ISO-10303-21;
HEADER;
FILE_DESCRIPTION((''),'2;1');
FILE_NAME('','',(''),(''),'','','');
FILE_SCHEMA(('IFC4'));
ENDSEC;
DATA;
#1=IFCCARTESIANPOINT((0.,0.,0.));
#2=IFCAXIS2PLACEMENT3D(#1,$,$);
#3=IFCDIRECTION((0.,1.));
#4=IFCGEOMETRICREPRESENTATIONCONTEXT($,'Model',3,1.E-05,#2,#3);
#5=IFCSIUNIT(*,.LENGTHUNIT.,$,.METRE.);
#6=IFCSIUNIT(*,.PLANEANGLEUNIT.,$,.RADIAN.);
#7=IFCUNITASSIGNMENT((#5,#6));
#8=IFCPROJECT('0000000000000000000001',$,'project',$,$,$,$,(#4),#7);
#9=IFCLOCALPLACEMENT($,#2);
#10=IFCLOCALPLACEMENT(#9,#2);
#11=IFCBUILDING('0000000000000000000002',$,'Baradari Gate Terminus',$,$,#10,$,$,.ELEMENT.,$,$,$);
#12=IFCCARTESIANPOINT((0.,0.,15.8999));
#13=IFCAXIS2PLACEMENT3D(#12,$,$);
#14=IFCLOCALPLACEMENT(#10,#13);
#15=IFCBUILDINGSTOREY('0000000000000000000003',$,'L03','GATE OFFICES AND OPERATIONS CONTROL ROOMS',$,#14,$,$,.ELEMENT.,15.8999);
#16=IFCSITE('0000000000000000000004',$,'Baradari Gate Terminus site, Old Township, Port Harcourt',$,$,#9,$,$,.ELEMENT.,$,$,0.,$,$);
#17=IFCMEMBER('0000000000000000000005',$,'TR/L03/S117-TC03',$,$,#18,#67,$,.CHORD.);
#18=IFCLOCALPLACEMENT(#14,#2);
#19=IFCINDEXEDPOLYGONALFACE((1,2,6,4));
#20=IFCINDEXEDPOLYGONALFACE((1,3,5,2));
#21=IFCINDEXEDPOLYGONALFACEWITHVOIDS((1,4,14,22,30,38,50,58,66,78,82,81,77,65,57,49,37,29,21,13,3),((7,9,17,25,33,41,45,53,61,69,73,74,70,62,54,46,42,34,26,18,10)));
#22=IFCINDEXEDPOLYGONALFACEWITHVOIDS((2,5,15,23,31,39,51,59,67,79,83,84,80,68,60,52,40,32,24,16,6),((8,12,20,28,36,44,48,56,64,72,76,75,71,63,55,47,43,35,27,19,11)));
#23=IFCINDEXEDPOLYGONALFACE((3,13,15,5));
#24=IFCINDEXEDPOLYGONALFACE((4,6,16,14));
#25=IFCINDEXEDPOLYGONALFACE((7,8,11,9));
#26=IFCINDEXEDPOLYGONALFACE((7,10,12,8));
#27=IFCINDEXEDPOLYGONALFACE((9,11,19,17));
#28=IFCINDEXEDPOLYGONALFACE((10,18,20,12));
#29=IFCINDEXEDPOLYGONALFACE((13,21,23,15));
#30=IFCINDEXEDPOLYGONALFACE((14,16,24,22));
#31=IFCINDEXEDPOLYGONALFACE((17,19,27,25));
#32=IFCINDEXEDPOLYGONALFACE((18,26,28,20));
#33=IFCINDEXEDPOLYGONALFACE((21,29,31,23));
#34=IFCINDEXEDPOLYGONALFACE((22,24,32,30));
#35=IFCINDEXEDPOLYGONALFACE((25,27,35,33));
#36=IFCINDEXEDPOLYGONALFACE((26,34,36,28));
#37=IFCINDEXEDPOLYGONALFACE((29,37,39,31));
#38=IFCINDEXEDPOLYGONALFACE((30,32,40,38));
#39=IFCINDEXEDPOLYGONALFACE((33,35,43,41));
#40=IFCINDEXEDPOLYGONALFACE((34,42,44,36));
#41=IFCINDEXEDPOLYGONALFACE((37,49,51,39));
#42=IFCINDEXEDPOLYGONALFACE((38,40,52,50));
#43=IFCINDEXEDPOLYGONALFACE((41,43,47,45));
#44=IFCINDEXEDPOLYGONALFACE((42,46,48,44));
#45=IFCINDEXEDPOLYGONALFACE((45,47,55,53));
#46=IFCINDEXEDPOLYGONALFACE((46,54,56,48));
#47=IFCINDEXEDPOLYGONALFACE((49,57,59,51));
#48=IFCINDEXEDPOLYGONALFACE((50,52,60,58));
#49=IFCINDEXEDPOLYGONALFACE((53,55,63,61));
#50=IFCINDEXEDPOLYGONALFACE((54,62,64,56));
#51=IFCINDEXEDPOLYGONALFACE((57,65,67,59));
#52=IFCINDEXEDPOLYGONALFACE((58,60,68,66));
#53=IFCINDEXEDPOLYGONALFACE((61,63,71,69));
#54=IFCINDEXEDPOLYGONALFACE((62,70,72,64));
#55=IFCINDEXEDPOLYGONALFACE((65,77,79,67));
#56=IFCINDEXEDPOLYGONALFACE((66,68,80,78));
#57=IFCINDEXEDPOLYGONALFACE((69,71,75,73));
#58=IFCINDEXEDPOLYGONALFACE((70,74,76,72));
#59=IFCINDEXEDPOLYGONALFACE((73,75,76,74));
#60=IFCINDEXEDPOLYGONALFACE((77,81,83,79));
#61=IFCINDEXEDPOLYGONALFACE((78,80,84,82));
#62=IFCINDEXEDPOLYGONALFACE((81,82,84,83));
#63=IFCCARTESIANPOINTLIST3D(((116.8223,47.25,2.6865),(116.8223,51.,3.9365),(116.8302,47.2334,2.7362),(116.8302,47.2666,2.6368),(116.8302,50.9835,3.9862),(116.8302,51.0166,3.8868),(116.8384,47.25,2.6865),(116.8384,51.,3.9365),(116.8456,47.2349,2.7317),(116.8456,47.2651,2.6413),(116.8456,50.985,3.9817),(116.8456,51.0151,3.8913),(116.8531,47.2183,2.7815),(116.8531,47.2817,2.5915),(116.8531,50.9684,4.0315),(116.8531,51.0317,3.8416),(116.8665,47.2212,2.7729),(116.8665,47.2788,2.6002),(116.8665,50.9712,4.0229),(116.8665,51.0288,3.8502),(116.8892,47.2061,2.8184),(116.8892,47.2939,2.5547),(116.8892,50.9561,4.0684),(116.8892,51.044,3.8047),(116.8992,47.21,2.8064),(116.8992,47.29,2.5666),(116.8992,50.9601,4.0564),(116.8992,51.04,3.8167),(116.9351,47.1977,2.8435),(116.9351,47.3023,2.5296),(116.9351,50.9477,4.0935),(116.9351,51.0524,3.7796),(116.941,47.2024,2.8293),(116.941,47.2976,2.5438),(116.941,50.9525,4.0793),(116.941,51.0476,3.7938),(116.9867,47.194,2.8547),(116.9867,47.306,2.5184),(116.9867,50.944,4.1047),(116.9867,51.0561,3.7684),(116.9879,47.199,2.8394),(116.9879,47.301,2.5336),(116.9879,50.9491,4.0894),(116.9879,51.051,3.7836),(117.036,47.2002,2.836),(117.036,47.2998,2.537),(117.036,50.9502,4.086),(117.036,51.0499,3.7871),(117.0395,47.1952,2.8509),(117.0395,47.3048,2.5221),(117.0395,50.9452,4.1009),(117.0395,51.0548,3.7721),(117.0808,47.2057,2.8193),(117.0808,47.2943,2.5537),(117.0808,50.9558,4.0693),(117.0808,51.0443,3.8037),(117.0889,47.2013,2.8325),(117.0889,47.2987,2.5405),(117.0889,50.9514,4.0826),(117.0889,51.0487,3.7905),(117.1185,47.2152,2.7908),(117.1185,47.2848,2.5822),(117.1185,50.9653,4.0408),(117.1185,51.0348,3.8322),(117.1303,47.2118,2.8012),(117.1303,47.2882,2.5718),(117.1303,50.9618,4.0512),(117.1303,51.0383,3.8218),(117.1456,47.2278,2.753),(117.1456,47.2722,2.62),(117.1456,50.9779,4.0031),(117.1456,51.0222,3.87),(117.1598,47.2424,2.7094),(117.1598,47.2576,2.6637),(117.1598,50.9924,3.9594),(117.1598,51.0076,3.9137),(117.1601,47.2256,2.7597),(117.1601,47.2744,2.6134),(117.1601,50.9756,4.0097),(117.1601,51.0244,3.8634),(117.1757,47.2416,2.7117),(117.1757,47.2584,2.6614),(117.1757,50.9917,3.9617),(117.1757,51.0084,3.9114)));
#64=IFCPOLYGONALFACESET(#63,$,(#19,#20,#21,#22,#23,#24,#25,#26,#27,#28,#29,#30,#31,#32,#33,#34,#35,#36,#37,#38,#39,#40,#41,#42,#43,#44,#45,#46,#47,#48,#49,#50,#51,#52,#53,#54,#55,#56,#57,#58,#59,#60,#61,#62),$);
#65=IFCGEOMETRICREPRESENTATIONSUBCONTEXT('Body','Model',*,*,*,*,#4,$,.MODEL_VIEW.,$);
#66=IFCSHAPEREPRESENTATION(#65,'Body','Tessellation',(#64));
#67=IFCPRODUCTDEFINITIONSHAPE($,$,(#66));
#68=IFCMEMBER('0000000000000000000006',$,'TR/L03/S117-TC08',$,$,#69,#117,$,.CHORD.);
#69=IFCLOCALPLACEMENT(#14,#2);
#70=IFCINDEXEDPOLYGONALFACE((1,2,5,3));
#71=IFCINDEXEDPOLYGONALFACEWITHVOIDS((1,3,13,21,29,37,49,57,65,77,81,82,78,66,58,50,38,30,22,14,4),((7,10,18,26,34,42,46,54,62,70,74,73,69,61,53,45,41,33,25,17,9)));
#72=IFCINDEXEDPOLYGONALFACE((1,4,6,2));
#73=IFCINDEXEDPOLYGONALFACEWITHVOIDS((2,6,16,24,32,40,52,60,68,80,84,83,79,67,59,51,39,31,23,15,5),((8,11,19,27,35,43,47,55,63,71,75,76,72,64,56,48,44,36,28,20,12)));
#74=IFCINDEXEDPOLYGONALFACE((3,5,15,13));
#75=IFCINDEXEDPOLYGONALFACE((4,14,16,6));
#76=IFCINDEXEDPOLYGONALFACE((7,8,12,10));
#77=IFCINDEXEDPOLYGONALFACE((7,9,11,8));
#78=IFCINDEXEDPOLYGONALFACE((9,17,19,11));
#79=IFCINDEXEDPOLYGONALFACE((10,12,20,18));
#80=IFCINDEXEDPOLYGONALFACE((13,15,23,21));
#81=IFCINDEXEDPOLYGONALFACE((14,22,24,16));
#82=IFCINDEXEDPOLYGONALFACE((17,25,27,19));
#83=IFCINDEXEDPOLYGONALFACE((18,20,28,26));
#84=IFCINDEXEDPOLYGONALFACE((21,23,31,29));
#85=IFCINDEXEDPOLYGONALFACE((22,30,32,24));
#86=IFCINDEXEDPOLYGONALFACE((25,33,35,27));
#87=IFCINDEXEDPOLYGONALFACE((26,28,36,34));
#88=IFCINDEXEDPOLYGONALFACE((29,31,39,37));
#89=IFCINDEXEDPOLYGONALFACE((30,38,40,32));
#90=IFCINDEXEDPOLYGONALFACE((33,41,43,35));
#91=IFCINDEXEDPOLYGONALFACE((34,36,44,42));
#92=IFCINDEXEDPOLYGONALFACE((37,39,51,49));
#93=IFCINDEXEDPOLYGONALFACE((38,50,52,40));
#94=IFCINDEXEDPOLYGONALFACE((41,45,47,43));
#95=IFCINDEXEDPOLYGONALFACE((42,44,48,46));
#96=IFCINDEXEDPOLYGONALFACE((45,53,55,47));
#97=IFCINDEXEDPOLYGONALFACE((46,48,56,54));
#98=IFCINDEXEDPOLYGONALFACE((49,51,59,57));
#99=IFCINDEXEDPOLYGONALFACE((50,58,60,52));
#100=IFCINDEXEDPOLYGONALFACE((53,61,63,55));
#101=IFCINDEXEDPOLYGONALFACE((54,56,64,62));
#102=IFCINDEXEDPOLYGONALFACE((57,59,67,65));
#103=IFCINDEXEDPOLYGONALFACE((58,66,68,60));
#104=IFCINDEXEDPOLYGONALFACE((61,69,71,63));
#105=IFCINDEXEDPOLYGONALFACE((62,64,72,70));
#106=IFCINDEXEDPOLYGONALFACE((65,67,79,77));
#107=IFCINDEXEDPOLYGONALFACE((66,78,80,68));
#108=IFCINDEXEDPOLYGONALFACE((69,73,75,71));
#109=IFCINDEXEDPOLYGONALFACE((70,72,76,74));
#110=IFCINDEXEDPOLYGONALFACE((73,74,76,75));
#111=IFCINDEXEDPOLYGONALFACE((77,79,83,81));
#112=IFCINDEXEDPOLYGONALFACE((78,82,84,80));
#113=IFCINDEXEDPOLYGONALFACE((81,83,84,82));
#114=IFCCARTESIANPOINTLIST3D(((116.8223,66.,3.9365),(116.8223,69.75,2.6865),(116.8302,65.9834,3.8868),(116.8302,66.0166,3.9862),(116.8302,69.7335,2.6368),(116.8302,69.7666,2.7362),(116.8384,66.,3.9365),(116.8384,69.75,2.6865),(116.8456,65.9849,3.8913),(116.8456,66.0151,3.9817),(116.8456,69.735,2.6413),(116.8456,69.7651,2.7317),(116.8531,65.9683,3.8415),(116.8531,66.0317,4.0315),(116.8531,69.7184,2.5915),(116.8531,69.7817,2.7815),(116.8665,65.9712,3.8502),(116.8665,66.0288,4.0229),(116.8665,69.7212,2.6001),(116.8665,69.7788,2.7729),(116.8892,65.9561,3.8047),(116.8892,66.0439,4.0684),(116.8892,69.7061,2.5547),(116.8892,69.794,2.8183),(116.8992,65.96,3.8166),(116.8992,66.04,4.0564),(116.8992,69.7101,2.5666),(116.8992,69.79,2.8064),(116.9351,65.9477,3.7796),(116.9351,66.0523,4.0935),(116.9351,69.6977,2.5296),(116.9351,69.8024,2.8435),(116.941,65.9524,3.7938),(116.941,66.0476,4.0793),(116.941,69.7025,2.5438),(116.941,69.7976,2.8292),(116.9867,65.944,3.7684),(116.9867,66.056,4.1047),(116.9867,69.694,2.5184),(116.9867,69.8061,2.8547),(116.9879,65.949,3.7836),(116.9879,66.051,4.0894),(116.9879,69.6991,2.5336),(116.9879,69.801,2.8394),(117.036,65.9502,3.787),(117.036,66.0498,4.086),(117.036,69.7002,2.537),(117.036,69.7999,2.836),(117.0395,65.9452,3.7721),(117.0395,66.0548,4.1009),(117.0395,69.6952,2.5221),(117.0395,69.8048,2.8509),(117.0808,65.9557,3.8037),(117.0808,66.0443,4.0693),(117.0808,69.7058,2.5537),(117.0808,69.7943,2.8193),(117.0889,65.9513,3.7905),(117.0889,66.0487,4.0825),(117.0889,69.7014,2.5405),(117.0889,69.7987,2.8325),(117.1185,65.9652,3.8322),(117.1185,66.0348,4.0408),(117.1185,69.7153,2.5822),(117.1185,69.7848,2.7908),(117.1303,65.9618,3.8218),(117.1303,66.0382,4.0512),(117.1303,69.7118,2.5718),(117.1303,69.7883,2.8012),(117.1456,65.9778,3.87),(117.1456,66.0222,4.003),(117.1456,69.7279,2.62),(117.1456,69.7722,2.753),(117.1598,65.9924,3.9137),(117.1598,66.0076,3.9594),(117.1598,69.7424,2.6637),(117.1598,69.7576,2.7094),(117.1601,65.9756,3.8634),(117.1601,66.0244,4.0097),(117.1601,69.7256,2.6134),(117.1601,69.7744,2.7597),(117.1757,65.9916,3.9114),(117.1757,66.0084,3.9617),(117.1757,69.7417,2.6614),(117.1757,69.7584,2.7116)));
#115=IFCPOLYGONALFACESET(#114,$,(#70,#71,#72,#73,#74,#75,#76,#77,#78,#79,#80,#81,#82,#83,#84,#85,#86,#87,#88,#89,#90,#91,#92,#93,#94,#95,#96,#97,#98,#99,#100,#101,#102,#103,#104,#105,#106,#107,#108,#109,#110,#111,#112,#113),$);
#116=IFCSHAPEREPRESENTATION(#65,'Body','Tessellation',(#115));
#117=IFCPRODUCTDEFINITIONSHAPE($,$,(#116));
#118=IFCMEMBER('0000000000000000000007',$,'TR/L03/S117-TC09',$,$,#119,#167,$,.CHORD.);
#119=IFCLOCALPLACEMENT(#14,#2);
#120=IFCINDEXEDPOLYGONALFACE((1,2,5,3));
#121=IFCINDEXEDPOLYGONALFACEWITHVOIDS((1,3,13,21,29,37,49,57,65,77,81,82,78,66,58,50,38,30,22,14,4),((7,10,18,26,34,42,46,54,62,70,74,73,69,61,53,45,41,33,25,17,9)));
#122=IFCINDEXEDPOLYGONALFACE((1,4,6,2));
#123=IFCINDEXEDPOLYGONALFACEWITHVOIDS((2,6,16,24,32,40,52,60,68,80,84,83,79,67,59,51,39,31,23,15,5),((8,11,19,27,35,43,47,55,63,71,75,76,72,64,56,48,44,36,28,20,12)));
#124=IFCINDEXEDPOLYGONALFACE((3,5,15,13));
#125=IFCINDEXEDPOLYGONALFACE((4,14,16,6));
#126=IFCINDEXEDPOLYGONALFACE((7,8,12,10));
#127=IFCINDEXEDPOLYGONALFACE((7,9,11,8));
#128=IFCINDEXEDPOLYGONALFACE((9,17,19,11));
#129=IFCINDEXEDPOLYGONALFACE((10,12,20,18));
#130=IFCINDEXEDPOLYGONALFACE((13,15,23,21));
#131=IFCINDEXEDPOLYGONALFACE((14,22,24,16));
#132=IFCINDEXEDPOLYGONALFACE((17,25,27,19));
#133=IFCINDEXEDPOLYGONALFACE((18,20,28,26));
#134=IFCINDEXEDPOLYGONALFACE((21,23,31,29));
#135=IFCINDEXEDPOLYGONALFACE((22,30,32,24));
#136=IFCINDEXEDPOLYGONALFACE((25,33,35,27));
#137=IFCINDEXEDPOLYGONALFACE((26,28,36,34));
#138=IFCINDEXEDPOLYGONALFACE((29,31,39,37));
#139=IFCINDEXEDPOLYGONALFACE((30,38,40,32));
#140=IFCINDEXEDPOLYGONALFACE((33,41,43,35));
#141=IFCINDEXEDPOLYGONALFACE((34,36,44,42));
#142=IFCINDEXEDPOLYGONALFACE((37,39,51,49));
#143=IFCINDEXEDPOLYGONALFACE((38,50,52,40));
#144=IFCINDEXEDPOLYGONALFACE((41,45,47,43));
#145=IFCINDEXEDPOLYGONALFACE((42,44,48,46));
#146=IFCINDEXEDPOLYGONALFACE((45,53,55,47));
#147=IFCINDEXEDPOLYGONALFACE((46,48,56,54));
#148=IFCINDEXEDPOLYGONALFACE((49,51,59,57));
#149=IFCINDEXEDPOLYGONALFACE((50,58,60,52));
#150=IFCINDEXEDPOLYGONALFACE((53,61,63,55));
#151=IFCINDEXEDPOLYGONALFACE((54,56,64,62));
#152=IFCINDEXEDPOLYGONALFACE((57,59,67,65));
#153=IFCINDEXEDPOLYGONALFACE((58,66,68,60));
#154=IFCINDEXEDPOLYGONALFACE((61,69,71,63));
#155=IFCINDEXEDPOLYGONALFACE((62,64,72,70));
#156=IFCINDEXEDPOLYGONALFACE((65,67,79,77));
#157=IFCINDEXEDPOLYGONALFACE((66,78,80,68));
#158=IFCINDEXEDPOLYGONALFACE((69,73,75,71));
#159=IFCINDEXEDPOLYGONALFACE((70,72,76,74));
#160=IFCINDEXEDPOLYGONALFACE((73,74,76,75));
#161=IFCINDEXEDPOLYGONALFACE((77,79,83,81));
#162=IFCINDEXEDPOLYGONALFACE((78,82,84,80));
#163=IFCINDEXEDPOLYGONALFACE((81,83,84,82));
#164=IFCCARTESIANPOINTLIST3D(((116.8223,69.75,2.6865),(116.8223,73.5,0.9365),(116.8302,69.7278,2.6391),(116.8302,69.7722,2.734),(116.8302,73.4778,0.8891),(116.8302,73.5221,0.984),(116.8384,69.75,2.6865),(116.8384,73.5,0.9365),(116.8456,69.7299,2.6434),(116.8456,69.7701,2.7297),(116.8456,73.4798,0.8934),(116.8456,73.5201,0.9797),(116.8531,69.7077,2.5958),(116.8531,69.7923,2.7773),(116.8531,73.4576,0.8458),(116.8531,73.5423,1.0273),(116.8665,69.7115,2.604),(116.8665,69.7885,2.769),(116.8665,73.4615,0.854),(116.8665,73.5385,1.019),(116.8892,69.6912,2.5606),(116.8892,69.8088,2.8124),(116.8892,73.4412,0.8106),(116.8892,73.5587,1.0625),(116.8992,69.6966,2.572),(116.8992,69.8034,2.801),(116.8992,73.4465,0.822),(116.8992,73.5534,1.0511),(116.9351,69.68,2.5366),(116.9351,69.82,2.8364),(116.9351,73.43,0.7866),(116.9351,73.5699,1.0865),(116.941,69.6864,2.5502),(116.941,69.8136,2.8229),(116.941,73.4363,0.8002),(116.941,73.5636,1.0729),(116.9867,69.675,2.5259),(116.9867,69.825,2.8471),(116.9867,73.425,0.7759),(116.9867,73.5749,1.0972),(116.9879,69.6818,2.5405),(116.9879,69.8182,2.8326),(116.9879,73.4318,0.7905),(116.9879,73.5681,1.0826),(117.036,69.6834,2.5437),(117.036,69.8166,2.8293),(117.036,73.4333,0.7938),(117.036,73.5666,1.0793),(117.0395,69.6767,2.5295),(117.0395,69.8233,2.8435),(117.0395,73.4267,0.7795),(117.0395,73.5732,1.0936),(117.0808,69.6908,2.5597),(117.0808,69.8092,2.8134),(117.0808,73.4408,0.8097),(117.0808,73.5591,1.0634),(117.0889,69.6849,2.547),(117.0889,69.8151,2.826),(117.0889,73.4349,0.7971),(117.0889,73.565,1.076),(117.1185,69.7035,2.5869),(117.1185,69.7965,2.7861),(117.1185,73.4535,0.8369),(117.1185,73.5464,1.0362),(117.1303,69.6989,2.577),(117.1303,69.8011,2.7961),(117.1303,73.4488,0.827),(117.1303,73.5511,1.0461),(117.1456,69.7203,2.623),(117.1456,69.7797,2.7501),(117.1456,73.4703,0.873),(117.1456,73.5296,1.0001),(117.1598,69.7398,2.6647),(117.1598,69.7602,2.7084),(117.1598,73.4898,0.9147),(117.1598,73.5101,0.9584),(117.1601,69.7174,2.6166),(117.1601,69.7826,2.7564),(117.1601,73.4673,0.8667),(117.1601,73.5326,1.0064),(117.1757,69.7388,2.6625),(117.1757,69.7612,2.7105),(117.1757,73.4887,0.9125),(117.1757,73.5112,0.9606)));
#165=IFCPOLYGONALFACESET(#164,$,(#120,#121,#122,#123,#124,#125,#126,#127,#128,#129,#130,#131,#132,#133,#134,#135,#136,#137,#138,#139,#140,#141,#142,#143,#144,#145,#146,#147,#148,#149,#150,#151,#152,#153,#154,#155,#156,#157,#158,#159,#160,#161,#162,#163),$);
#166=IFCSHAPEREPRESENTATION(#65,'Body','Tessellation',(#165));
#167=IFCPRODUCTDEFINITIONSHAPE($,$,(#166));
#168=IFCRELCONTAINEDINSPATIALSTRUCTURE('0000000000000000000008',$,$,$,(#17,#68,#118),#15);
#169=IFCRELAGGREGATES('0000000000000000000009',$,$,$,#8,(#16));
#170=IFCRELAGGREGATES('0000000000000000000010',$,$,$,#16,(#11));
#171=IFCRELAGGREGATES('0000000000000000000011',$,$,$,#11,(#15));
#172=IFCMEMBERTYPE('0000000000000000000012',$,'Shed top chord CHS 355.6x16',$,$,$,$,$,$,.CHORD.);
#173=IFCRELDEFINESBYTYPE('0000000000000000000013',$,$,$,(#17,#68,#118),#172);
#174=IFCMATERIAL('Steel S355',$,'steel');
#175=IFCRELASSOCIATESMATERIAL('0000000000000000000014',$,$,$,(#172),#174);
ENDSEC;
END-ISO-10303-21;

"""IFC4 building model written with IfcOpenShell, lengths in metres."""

from ifc_helpers import new_model, si_unit, direction, frame, origin, origin_2d, place, context, subcontext, project, spatial, hollow_circle, extrude, material, material_profile, profile_set, type_object, element, save


model = new_model("IFC4")

# Units and contexts
model_context = context("Model", 3, precision=1e-05, world=origin(), true_north=direction((0.0, 1.0)))
body_context = subcontext(model_context, "Body", "Model", "MODEL_VIEW")
ifc_project = project(units=[si_unit("LENGTHUNIT", "METRE"), si_unit("PLANEANGLEUNIT", "RADIAN")], contexts=[model_context])

# Site, building, storey
site_placement = place(None, origin())
site = spatial("IfcSite", under=ifc_project, at=site_placement, Name="Baradari Gate Terminus site, Old Township, Port Harcourt", CompositionType="ELEMENT", RefElevation=0.0)
building_placement = place(site_placement, origin())
building = spatial("IfcBuilding", under=site, at=building_placement, Name="Baradari Gate Terminus", CompositionType="ELEMENT")
storey_placement = place(building_placement, frame((0.0, 0.0, 15.8999)))
storey = spatial("IfcBuildingStorey", under=building, at=storey_placement, Name="L03", Description="GATE OFFICES AND OPERATIONS CONTROL ROOMS", CompositionType="ELEMENT", Elevation=15.8999)

# Members
ifc_material_1 = material(Name="Steel S355", Category="steel")
ifc_material_profile_1 = material_profile(ifc_material_1, hollow_circle(Radius=0.1777, WallThickness=0.0161, at=origin_2d()), Name="CHS 355.6x16")
ifc_profile_set_1 = profile_set([ifc_material_profile_1], Name="Steel S355")
member_type_1 = type_object("IfcMemberType", Name="Shed top chord CHS 355.6x16", PredefinedType="CHORD", material=ifc_profile_set_1)
for number, where, z_axis, x_axis, name in (
    (1, (117.0, 47.25, 2.6865), (0.0, 0.948683, 0.316228), (-1.0, 0.0, 0.0), "TR/L03/S117-TC03"),
    (2, (117.0, 66.0, 3.9365), (0.0, 0.948683, -0.316228), (-1.0, 0.0, 0.0), "TR/L03/S117-TC08"),
):
    element("IfcMember", number, at=place(storey_placement, frame(where, z_axis=z_axis, x_axis=x_axis)), inside=storey, type_object=member_type_1, Name=name, PredefinedType="CHORD", context=body_context, shape_type="SweptSolid", body=[
        extrude(hollow_circle(Radius=0.1777, WallThickness=0.0161, at=origin_2d()), origin(), (0.0, 0.0, 1.0), 3.9529),
    ])
for number, where, z_axis, x_axis, name in (
    (3, (117.0, 69.75, 2.6865), (0.0, 0.906183, -0.422885), (-1.0, 0.0, 0.0), "TR/L03/S117-TC09"),
):
    element("IfcMember", number, at=place(storey_placement, frame(where, z_axis=z_axis, x_axis=x_axis)), inside=storey, type_object=member_type_1, Name=name, PredefinedType="CHORD", context=body_context, shape_type="SweptSolid", body=[
        extrude(hollow_circle(Radius=0.1777, WallThickness=0.0161, at=origin_2d()), origin(), (0.0, 0.0, 1.0), 4.1382),
    ])

save(model, "model.ifc")
